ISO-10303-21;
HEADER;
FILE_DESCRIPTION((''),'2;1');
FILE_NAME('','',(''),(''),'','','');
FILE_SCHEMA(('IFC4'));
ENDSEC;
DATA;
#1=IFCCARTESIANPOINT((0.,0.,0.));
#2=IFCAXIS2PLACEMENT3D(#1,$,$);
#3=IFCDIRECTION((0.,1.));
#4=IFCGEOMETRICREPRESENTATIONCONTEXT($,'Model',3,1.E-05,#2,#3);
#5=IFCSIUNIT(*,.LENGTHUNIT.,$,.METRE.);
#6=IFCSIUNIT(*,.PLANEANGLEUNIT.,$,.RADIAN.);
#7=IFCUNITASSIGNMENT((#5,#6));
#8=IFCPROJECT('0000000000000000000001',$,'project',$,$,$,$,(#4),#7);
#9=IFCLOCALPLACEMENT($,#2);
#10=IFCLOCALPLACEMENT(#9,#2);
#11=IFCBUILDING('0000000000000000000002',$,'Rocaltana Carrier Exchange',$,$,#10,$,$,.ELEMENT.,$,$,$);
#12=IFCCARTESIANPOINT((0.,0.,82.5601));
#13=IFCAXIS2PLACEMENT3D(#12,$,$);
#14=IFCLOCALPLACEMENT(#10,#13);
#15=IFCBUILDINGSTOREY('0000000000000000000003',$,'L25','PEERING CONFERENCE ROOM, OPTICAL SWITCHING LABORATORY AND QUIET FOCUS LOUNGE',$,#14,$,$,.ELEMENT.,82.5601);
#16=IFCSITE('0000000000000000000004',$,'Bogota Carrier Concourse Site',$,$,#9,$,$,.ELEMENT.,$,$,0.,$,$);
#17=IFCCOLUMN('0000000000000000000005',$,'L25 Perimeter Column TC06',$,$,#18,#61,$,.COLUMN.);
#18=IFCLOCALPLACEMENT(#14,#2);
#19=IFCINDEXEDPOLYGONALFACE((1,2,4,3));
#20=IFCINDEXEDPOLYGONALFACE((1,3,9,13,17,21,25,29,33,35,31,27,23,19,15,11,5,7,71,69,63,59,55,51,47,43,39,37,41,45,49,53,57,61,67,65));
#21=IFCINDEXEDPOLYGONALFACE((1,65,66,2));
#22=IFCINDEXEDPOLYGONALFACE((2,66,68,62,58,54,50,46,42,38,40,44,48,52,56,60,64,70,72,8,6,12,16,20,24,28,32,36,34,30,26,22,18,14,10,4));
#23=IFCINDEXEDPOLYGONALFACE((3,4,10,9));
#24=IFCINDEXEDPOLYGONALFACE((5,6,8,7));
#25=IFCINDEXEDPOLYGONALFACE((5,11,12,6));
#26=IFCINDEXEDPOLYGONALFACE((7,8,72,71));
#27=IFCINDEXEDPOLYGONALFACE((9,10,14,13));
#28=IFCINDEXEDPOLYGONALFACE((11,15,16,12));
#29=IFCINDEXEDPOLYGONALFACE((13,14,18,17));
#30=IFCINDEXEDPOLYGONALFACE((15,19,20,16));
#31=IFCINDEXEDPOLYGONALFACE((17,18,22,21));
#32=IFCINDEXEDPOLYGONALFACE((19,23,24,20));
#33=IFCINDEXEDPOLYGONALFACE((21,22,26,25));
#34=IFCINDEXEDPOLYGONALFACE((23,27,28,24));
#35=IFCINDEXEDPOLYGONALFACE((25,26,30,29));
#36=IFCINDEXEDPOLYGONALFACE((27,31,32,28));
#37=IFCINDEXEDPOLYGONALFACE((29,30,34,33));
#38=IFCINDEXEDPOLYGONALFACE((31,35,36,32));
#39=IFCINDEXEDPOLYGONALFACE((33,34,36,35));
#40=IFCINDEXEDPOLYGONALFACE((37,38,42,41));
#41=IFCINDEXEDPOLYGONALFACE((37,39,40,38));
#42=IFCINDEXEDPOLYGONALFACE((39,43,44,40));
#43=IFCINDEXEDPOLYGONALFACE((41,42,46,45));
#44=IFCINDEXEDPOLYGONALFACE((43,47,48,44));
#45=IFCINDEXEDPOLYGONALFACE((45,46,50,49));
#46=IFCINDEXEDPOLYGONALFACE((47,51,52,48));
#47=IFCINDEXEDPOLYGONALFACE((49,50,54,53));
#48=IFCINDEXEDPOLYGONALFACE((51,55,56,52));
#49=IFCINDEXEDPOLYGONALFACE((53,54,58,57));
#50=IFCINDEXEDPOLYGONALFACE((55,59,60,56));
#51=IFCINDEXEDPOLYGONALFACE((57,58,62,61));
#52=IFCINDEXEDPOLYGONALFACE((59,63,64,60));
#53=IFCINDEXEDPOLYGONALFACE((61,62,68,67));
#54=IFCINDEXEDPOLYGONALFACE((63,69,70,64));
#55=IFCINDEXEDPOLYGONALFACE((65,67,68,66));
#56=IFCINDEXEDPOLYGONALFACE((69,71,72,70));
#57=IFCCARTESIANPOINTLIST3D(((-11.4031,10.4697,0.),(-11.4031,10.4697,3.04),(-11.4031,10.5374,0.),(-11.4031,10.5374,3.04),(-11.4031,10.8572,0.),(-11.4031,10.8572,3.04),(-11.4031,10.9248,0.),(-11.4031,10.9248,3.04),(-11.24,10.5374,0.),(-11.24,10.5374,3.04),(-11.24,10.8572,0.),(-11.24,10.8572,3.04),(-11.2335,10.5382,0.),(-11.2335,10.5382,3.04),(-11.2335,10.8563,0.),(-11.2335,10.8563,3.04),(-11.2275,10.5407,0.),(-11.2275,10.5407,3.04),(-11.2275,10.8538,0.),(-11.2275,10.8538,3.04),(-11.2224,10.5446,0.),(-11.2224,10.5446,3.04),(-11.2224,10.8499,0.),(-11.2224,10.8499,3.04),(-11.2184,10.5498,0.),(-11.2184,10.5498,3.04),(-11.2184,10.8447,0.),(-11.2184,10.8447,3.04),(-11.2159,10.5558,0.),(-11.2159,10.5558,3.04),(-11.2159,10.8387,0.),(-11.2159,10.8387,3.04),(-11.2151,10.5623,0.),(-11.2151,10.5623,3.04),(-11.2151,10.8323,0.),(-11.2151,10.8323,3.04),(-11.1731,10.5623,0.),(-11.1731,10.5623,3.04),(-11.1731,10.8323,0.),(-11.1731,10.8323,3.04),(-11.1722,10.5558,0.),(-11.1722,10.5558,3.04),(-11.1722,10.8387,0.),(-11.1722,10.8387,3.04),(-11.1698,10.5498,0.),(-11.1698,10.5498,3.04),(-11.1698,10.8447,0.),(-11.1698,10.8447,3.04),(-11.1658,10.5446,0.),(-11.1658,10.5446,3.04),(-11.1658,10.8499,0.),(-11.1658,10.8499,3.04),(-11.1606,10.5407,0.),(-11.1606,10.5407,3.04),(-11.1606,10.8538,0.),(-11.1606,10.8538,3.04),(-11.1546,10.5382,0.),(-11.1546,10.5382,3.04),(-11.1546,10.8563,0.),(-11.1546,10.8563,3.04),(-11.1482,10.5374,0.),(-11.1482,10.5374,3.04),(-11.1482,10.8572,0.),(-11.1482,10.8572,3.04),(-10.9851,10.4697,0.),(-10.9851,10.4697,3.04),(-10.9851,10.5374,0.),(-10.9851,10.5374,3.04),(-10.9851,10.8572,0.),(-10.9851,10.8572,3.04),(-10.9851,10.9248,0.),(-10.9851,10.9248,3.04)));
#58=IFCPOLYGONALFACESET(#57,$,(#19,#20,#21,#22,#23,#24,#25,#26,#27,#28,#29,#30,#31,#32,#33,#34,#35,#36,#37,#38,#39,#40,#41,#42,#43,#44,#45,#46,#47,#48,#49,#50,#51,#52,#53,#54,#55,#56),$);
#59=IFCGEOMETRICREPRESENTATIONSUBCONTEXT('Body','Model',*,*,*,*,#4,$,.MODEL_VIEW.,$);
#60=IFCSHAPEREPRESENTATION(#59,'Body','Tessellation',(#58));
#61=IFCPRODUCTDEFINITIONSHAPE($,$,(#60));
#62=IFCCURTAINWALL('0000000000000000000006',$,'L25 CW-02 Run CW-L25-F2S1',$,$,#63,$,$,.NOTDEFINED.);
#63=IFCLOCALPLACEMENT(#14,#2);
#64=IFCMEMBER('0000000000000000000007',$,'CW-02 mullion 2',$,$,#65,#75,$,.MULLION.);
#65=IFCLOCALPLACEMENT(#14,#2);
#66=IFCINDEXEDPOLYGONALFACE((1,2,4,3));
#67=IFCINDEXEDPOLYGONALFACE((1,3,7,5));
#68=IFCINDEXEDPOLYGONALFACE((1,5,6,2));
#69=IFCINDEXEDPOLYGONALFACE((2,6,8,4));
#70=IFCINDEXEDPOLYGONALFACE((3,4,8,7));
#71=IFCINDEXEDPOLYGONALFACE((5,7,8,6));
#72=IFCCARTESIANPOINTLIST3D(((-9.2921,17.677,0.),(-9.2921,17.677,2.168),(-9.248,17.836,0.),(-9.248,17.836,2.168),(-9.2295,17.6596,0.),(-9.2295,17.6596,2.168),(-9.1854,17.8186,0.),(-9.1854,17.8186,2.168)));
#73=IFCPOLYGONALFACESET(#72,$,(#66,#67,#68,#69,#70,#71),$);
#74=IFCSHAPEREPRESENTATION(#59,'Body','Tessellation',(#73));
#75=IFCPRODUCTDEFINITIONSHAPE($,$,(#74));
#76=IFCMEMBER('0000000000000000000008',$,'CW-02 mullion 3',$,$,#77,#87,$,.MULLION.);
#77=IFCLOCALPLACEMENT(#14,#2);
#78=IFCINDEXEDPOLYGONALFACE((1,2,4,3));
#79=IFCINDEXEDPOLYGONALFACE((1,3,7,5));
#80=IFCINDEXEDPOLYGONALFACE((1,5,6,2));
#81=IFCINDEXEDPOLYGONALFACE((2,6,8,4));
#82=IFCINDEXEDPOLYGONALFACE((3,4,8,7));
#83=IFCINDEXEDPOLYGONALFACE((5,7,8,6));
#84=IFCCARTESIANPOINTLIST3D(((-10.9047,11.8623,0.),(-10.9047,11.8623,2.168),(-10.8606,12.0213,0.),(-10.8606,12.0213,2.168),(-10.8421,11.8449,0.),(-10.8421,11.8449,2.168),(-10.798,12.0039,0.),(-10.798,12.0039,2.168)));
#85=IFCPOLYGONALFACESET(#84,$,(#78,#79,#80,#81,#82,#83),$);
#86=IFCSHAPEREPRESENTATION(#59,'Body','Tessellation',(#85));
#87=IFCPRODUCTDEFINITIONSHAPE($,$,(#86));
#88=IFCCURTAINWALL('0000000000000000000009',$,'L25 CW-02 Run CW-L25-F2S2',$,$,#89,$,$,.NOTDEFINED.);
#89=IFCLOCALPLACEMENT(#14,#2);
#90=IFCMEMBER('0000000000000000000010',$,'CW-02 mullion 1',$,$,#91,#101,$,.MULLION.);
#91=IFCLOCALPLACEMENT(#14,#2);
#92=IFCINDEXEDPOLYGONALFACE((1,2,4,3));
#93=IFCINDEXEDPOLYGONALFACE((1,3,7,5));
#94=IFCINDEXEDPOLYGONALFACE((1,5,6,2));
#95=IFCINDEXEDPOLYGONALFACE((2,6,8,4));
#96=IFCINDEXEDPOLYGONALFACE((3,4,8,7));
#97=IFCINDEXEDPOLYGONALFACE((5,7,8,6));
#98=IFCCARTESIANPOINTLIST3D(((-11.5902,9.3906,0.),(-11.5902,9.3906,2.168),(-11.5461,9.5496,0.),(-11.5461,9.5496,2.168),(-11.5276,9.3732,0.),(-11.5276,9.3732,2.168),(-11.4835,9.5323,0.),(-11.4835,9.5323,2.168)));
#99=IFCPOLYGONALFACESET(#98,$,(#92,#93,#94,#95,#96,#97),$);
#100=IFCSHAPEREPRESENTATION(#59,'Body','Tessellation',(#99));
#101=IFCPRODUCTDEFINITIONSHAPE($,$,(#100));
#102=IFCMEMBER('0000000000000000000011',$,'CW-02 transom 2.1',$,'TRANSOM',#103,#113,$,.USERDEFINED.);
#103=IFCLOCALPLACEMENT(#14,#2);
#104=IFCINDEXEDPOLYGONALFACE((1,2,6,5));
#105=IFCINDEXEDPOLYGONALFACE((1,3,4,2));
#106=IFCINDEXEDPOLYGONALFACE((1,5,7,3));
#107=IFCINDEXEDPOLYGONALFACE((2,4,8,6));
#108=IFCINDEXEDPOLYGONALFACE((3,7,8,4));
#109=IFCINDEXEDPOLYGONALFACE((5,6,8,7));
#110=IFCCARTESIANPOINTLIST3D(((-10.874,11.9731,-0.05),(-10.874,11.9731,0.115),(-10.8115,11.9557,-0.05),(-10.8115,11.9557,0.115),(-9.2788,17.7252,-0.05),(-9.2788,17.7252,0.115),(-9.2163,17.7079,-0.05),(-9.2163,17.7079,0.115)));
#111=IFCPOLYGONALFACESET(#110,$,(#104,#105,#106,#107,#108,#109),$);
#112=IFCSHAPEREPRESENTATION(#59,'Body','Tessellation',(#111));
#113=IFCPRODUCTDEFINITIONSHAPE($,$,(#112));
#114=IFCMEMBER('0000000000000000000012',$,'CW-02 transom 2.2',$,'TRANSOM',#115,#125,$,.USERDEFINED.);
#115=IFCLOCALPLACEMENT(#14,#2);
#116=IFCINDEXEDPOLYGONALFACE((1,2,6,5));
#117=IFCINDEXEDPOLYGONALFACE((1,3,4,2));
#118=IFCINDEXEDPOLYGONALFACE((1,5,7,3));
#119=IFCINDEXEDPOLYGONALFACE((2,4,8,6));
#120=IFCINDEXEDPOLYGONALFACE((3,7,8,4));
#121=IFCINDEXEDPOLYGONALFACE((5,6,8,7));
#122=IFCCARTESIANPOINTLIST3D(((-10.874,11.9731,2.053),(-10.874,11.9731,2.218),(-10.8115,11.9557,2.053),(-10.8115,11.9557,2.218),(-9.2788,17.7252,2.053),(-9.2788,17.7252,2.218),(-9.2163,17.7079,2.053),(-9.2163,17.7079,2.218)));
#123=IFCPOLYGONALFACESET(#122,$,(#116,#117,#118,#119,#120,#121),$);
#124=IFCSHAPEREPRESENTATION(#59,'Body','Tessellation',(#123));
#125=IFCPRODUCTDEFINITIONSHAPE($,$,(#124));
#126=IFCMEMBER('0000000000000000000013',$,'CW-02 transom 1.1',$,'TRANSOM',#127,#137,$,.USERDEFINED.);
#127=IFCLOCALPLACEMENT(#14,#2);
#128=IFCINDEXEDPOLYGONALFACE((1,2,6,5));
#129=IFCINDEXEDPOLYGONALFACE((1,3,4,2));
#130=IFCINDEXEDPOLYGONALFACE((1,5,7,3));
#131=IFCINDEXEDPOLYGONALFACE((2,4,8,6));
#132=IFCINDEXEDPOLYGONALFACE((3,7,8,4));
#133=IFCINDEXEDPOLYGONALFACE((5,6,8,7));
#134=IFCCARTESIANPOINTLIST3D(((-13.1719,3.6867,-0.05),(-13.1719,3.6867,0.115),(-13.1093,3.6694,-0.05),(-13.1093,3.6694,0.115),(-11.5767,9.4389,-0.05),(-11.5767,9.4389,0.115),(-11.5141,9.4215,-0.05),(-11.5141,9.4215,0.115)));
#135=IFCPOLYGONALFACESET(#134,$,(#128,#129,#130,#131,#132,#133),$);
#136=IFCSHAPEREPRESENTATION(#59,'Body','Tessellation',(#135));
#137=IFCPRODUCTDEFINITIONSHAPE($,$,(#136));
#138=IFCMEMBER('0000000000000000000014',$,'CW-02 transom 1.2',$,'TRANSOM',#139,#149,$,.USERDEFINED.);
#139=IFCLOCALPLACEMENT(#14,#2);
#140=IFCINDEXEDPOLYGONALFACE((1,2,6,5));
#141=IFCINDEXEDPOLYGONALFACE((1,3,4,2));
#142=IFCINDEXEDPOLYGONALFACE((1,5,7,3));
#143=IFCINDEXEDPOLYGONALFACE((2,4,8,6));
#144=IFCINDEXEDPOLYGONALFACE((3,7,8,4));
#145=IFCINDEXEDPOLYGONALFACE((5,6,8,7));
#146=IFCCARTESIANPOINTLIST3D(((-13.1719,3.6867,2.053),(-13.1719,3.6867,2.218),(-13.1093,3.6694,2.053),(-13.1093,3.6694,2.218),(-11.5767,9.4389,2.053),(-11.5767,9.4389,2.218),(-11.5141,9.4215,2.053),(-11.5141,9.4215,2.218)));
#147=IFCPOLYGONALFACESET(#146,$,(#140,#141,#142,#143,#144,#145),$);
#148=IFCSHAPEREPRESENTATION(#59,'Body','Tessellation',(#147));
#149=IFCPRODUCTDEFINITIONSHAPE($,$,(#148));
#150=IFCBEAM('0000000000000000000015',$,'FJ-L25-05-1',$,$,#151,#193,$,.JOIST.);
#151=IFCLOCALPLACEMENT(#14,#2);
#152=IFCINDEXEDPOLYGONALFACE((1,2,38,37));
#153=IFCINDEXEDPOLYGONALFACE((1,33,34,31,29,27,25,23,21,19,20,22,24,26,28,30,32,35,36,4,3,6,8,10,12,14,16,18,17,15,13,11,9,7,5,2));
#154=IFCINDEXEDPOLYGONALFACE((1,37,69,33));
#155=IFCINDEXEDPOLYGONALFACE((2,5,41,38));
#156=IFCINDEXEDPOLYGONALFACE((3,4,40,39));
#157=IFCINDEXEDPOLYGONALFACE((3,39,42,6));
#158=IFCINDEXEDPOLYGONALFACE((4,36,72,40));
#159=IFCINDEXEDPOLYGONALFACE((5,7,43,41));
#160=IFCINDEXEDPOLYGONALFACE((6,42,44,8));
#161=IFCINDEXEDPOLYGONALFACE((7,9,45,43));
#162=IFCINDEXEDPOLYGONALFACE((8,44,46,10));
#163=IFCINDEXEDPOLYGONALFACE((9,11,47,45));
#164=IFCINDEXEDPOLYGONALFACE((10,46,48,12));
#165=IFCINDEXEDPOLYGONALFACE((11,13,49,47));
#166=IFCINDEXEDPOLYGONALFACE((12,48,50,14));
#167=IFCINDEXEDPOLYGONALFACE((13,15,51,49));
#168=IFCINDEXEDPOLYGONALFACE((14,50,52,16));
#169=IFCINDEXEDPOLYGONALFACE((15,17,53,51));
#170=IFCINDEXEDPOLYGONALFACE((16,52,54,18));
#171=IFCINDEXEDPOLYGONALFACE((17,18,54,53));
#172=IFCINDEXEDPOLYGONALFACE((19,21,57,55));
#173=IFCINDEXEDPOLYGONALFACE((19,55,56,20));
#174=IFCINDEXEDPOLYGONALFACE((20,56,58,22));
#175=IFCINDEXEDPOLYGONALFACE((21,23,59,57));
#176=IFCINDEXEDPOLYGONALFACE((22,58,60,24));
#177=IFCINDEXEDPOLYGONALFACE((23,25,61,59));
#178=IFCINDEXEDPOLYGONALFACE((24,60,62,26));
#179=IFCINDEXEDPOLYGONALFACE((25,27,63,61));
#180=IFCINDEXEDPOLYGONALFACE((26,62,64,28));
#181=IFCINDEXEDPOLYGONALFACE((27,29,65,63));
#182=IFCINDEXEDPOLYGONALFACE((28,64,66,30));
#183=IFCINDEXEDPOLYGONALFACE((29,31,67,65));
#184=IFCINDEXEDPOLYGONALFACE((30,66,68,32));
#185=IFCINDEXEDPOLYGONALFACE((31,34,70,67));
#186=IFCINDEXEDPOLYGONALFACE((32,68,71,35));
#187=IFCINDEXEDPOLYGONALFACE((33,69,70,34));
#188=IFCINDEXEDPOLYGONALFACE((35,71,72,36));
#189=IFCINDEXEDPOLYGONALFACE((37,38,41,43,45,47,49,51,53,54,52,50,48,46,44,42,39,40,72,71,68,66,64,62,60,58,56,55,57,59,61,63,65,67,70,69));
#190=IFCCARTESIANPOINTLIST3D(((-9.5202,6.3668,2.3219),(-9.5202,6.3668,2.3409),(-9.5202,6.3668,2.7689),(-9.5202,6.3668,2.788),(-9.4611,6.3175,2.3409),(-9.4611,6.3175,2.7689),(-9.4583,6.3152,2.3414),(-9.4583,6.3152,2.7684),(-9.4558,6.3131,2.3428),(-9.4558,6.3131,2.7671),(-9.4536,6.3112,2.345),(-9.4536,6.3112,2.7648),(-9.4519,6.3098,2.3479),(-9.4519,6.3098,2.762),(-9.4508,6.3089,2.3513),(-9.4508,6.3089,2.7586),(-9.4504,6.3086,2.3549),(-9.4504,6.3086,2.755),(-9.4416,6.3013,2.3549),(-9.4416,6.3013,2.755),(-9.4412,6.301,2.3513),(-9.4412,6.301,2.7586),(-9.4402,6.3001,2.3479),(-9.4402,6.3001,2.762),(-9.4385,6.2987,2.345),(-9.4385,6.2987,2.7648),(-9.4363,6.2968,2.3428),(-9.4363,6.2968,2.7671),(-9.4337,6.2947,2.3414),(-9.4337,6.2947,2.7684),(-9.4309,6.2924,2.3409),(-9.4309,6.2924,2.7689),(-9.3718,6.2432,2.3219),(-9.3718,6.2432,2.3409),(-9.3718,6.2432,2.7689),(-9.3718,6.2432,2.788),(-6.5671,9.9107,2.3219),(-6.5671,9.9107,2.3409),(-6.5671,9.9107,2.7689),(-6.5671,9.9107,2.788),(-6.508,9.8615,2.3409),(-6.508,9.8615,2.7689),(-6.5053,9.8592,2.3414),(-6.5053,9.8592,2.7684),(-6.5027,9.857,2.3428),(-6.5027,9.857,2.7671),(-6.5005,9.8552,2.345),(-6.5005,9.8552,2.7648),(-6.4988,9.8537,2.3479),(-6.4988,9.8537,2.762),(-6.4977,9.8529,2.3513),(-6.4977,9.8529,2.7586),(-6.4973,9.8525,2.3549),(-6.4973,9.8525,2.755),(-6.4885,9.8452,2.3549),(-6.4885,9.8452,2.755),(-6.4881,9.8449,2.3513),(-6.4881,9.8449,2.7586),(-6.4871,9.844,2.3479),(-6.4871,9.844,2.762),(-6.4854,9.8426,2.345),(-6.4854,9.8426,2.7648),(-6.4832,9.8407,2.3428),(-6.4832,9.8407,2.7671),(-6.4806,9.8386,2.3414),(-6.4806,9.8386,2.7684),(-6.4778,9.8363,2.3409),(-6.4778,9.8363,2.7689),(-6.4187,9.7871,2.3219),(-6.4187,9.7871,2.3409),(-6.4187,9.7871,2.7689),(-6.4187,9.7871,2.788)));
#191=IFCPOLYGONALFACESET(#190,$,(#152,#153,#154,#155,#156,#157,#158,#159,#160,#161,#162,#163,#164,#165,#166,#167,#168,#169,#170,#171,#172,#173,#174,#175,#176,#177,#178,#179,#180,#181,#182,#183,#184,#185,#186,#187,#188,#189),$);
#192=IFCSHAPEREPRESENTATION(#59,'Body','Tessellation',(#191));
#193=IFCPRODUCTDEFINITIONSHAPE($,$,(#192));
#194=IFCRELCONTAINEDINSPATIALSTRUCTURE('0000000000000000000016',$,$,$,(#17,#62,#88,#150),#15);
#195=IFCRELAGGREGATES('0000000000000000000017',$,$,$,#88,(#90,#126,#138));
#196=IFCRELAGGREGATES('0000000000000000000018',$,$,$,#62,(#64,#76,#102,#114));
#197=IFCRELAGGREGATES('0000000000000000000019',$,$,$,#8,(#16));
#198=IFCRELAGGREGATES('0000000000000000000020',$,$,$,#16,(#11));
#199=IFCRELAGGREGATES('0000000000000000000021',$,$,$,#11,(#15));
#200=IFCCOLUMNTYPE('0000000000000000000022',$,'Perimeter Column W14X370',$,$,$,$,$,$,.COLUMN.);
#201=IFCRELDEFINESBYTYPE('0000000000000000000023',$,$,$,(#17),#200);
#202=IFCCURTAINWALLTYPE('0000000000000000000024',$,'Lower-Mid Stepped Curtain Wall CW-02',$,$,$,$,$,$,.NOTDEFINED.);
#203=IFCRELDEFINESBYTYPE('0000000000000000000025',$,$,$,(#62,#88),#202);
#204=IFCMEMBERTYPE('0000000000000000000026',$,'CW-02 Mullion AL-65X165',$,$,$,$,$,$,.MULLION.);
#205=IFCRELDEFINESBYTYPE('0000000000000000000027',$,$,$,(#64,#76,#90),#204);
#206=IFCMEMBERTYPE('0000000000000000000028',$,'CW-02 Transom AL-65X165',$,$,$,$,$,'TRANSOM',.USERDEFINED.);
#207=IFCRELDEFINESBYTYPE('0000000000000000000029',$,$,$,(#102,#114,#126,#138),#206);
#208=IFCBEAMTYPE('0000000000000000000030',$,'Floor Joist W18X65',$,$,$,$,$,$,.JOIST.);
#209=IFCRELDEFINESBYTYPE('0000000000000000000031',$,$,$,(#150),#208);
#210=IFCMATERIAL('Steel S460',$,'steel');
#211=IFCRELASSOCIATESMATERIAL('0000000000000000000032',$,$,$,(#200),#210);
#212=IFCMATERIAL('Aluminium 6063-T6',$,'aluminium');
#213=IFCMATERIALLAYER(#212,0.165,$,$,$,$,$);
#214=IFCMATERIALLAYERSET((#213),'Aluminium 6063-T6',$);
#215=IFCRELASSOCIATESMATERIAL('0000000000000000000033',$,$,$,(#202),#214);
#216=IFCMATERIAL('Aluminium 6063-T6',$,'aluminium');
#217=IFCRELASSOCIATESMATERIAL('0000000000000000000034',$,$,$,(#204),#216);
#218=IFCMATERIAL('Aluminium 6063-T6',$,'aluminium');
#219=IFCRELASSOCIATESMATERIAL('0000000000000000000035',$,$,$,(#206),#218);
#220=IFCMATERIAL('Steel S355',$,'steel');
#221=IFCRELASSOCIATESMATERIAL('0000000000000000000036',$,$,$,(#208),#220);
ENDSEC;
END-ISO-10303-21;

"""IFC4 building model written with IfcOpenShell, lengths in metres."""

from ifc_helpers import new_model, si_unit, direction, frame, origin, origin_2d, place, context, subcontext, project, spatial, rectangle, i_section, extrude, material, layer, layer_set, material_profile, profile_set, type_object, element, aggregate, save


model = new_model("IFC4")

# Units and contexts
model_context = context("Model", 3, precision=1e-05, world=origin(), true_north=direction((0.0, 1.0)))
body_context = subcontext(model_context, "Body", "Model", "MODEL_VIEW")
ifc_project = project(units=[si_unit("LENGTHUNIT", "METRE"), si_unit("PLANEANGLEUNIT", "RADIAN")], contexts=[model_context])

# Site, building, storey
site_placement = place(None, origin())
site = spatial("IfcSite", under=ifc_project, at=site_placement, Name="Bogota Carrier Concourse Site", CompositionType="ELEMENT", RefElevation=0.0)
building_placement = place(site_placement, origin())
building = spatial("IfcBuilding", under=site, at=building_placement, Name="Rocaltana Carrier Exchange", CompositionType="ELEMENT")
storey_placement = place(building_placement, frame((0.0, 0.0, 82.5601)))
storey = spatial("IfcBuildingStorey", under=building, at=storey_placement, Name="L25", Description="PEERING CONFERENCE ROOM, OPTICAL SWITCHING LABORATORY AND QUIET FOCUS LOUNGE", CompositionType="ELEMENT", Elevation=82.5601)

# Column
ifc_material_1 = material(Name="Steel S460", Category="steel")
ifc_material_profile_1 = material_profile(ifc_material_1, i_section(OverallWidth=0.418, OverallDepth=0.4551, WebThickness=0.042, FlangeThickness=0.0676, FilletRadius=0.0249, at=origin_2d()), Name="W14X370")
ifc_profile_set_1 = profile_set([ifc_material_profile_1], Name="Steel S460")
column_type = type_object("IfcColumnType", Name="Perimeter Column W14X370", PredefinedType="COLUMN", material=ifc_profile_set_1)
column_placement = place(storey_placement, frame((-11.1941, 10.6973, 0.0), z_axis=(0.0, 0.0, 1.0), x_axis=(1.0, 0.0, 0.0)))
element("IfcColumn", 1, at=column_placement, inside=storey, type_object=column_type, Name="L25 Perimeter Column TC06", PredefinedType="COLUMN", context=body_context, shape_type="SweptSolid", body=[
    extrude(i_section(OverallWidth=0.418, OverallDepth=0.4551, WebThickness=0.042, FlangeThickness=0.0676, FilletRadius=0.0249, at=origin_2d()), origin(), (0.0, 0.0, 1.0), 3.04),
])

# Curtain wall, members
ifc_material_2 = material(Name="Aluminium 6063-T6", Category="aluminium")
ifc_layer_1 = layer(ifc_material_2, 0.165)
ifc_layer_set_1 = layer_set([ifc_layer_1], Name="Aluminium 6063-T6")
curtain_wall_type = type_object("IfcCurtainWallType", Name="Lower-Mid Stepped Curtain Wall CW-02", PredefinedType="NOTDEFINED", material=ifc_layer_set_1)
curtain_wall_1_placement = place(storey_placement, origin())
curtain_wall_1 = element("IfcCurtainWall", 2, at=curtain_wall_1_placement, inside=storey, type_object=curtain_wall_type, Name="L25 CW-02 Run CW-L25-F2S1", PredefinedType="NOTDEFINED")
ifc_material_3 = material(Name="Aluminium 6063-T6", Category="aluminium")
ifc_material_profile_2 = material_profile(ifc_material_3, rectangle(XDim=0.0649, YDim=0.165, at=origin_2d()), Name="AL-65X165")
ifc_profile_set_2 = profile_set([ifc_material_profile_2], Name="Aluminium 6063-T6")
member_type_1 = type_object("IfcMemberType", Name="CW-02 Mullion AL-65X165", PredefinedType="MULLION", material=ifc_profile_set_2)
member_1_placement = place(storey_placement, frame((-9.2388, 17.7478, 0.0), z_axis=(0.0, 0.0, 1.0), x_axis=(0.963628, -0.267246, 0.0)))
member_1 = element("IfcMember", 3, at=member_1_placement, type_object=member_type_1, Name="CW-02 mullion 2", PredefinedType="MULLION", context=body_context, shape_type="SweptSolid", body=[
    extrude(rectangle(XDim=0.0649, YDim=0.165, at=origin_2d()), origin(), (0.0, 0.0, 1.0), 2.168),
])
member_2_placement = place(storey_placement, frame((-10.8513, 11.9331, 0.0), z_axis=(0.0, 0.0, 1.0), x_axis=(0.963628, -0.267246, 0.0)))
member_2 = element("IfcMember", 4, at=member_2_placement, type_object=member_type_1, Name="CW-02 mullion 3", PredefinedType="MULLION", context=body_context, shape_type="SweptSolid", body=[
    extrude(rectangle(XDim=0.0649, YDim=0.165, at=origin_2d()), origin(), (0.0, 0.0, 1.0), 2.168),
])

# Curtain wall, member
curtain_wall_2_placement = place(storey_placement, origin())
curtain_wall_2 = element("IfcCurtainWall", 5, at=curtain_wall_2_placement, inside=storey, type_object=curtain_wall_type, Name="L25 CW-02 Run CW-L25-F2S2", PredefinedType="NOTDEFINED")
member_3_placement = place(storey_placement, frame((-11.5369, 9.4614, 0.0), z_axis=(0.0, 0.0, 1.0), x_axis=(0.963631, -0.267238, 0.0)))
member_3 = element("IfcMember", 6, at=member_3_placement, type_object=member_type_1, Name="CW-02 mullion 1", PredefinedType="MULLION", context=body_context, shape_type="SweptSolid", body=[
    extrude(rectangle(XDim=0.0649, YDim=0.165, at=origin_2d()), origin(), (0.0, 0.0, 1.0), 2.168),
])

# Members
ifc_material_4 = material(Name="Aluminium 6063-T6", Category="aluminium")
ifc_material_profile_3 = material_profile(ifc_material_4, rectangle(XDim=0.0649, YDim=0.165, at=origin_2d()), Name="AL-65X165")
ifc_profile_set_3 = profile_set([ifc_material_profile_3], Name="Aluminium 6063-T6")
member_type_2 = type_object("IfcMemberType", Name="CW-02 Transom AL-65X165", ElementType="TRANSOM", PredefinedType="USERDEFINED", material=ifc_profile_set_3)
member_4_placement = place(storey_placement, frame((-9.2476, 17.7166, 0.0325), z_axis=(-0.267237, -0.963631, 0.0), x_axis=(0.963631, -0.267237, 0.0)))
member_4 = element("IfcMember", 7, at=member_4_placement, type_object=member_type_2, Name="CW-02 transom 2.1", ObjectType="TRANSOM", PredefinedType="USERDEFINED", context=body_context, shape_type="SweptSolid", body=[
    extrude(rectangle(XDim=0.0649, YDim=0.165, at=origin_2d()), origin(), (0.0, 0.0, 1.0), 5.9692),
])
member_5_placement = place(storey_placement, frame((-9.2476, 17.7166, 2.1355), z_axis=(-0.267237, -0.963631, 0.0), x_axis=(0.963631, -0.267237, 0.0)))
member_5 = element("IfcMember", 8, at=member_5_placement, type_object=member_type_2, Name="CW-02 transom 2.2", ObjectType="TRANSOM", PredefinedType="USERDEFINED", context=body_context, shape_type="SweptSolid", body=[
    extrude(rectangle(XDim=0.0649, YDim=0.165, at=origin_2d()), origin(), (0.0, 0.0, 1.0), 5.9692),
])
member_6_placement = place(storey_placement, frame((-11.5454, 9.4302, 0.0325), z_axis=(-0.267237, -0.963631, 0.0), x_axis=(0.963631, -0.267237, 0.0)))
member_6 = element("IfcMember", 9, at=member_6_placement, type_object=member_type_2, Name="CW-02 transom 1.1", ObjectType="TRANSOM", PredefinedType="USERDEFINED", context=body_context, shape_type="SweptSolid", body=[
    extrude(rectangle(XDim=0.0649, YDim=0.165, at=origin_2d()), origin(), (0.0, 0.0, 1.0), 5.9692),
])
member_7_placement = place(storey_placement, frame((-11.5454, 9.4302, 2.1355), z_axis=(-0.267237, -0.963631, 0.0), x_axis=(0.963631, -0.267237, 0.0)))
member_7 = element("IfcMember", 10, at=member_7_placement, type_object=member_type_2, Name="CW-02 transom 1.2", ObjectType="TRANSOM", PredefinedType="USERDEFINED", context=body_context, shape_type="SweptSolid", body=[
    extrude(rectangle(XDim=0.0649, YDim=0.165, at=origin_2d()), origin(), (0.0, 0.0, 1.0), 5.9692),
])
aggregate(curtain_wall_2, [member_3, member_6, member_7])

# Beam
ifc_material_5 = material(Name="Steel S355", Category="steel")
ifc_material_profile_4 = material_profile(ifc_material_5, i_section(OverallWidth=0.1931, OverallDepth=0.4661, WebThickness=0.0115, FlangeThickness=0.019, FilletRadius=0.0139, at=origin_2d()), Name="W18X65")
ifc_profile_set_4 = profile_set([ifc_material_profile_4], Name="Steel S355")
beam_type_1 = type_object("IfcBeamType", Name="Floor Joist W18X65", PredefinedType="JOIST", material=ifc_profile_set_4)
beam_1_placement = place(storey_placement, frame((-6.4929, 9.8489, 2.5549), z_axis=(-0.640164, -0.768239, 0.0), x_axis=(0.768239, -0.640164, 0.0)))
element("IfcBeam", 11, at=beam_1_placement, inside=storey, type_object=beam_type_1, Name="FJ-L25-05-1", PredefinedType="JOIST", context=body_context, shape_type="SweptSolid", body=[
    extrude(i_section(OverallWidth=0.1931, OverallDepth=0.4661, WebThickness=0.0115, FlangeThickness=0.019, FilletRadius=0.0139, at=origin_2d()), origin(), (0.0, 0.0, 1.0), 4.613),
])

aggregate(curtain_wall_1, [member_1, member_2, member_4, member_5])

save(model, "model.ifc")
